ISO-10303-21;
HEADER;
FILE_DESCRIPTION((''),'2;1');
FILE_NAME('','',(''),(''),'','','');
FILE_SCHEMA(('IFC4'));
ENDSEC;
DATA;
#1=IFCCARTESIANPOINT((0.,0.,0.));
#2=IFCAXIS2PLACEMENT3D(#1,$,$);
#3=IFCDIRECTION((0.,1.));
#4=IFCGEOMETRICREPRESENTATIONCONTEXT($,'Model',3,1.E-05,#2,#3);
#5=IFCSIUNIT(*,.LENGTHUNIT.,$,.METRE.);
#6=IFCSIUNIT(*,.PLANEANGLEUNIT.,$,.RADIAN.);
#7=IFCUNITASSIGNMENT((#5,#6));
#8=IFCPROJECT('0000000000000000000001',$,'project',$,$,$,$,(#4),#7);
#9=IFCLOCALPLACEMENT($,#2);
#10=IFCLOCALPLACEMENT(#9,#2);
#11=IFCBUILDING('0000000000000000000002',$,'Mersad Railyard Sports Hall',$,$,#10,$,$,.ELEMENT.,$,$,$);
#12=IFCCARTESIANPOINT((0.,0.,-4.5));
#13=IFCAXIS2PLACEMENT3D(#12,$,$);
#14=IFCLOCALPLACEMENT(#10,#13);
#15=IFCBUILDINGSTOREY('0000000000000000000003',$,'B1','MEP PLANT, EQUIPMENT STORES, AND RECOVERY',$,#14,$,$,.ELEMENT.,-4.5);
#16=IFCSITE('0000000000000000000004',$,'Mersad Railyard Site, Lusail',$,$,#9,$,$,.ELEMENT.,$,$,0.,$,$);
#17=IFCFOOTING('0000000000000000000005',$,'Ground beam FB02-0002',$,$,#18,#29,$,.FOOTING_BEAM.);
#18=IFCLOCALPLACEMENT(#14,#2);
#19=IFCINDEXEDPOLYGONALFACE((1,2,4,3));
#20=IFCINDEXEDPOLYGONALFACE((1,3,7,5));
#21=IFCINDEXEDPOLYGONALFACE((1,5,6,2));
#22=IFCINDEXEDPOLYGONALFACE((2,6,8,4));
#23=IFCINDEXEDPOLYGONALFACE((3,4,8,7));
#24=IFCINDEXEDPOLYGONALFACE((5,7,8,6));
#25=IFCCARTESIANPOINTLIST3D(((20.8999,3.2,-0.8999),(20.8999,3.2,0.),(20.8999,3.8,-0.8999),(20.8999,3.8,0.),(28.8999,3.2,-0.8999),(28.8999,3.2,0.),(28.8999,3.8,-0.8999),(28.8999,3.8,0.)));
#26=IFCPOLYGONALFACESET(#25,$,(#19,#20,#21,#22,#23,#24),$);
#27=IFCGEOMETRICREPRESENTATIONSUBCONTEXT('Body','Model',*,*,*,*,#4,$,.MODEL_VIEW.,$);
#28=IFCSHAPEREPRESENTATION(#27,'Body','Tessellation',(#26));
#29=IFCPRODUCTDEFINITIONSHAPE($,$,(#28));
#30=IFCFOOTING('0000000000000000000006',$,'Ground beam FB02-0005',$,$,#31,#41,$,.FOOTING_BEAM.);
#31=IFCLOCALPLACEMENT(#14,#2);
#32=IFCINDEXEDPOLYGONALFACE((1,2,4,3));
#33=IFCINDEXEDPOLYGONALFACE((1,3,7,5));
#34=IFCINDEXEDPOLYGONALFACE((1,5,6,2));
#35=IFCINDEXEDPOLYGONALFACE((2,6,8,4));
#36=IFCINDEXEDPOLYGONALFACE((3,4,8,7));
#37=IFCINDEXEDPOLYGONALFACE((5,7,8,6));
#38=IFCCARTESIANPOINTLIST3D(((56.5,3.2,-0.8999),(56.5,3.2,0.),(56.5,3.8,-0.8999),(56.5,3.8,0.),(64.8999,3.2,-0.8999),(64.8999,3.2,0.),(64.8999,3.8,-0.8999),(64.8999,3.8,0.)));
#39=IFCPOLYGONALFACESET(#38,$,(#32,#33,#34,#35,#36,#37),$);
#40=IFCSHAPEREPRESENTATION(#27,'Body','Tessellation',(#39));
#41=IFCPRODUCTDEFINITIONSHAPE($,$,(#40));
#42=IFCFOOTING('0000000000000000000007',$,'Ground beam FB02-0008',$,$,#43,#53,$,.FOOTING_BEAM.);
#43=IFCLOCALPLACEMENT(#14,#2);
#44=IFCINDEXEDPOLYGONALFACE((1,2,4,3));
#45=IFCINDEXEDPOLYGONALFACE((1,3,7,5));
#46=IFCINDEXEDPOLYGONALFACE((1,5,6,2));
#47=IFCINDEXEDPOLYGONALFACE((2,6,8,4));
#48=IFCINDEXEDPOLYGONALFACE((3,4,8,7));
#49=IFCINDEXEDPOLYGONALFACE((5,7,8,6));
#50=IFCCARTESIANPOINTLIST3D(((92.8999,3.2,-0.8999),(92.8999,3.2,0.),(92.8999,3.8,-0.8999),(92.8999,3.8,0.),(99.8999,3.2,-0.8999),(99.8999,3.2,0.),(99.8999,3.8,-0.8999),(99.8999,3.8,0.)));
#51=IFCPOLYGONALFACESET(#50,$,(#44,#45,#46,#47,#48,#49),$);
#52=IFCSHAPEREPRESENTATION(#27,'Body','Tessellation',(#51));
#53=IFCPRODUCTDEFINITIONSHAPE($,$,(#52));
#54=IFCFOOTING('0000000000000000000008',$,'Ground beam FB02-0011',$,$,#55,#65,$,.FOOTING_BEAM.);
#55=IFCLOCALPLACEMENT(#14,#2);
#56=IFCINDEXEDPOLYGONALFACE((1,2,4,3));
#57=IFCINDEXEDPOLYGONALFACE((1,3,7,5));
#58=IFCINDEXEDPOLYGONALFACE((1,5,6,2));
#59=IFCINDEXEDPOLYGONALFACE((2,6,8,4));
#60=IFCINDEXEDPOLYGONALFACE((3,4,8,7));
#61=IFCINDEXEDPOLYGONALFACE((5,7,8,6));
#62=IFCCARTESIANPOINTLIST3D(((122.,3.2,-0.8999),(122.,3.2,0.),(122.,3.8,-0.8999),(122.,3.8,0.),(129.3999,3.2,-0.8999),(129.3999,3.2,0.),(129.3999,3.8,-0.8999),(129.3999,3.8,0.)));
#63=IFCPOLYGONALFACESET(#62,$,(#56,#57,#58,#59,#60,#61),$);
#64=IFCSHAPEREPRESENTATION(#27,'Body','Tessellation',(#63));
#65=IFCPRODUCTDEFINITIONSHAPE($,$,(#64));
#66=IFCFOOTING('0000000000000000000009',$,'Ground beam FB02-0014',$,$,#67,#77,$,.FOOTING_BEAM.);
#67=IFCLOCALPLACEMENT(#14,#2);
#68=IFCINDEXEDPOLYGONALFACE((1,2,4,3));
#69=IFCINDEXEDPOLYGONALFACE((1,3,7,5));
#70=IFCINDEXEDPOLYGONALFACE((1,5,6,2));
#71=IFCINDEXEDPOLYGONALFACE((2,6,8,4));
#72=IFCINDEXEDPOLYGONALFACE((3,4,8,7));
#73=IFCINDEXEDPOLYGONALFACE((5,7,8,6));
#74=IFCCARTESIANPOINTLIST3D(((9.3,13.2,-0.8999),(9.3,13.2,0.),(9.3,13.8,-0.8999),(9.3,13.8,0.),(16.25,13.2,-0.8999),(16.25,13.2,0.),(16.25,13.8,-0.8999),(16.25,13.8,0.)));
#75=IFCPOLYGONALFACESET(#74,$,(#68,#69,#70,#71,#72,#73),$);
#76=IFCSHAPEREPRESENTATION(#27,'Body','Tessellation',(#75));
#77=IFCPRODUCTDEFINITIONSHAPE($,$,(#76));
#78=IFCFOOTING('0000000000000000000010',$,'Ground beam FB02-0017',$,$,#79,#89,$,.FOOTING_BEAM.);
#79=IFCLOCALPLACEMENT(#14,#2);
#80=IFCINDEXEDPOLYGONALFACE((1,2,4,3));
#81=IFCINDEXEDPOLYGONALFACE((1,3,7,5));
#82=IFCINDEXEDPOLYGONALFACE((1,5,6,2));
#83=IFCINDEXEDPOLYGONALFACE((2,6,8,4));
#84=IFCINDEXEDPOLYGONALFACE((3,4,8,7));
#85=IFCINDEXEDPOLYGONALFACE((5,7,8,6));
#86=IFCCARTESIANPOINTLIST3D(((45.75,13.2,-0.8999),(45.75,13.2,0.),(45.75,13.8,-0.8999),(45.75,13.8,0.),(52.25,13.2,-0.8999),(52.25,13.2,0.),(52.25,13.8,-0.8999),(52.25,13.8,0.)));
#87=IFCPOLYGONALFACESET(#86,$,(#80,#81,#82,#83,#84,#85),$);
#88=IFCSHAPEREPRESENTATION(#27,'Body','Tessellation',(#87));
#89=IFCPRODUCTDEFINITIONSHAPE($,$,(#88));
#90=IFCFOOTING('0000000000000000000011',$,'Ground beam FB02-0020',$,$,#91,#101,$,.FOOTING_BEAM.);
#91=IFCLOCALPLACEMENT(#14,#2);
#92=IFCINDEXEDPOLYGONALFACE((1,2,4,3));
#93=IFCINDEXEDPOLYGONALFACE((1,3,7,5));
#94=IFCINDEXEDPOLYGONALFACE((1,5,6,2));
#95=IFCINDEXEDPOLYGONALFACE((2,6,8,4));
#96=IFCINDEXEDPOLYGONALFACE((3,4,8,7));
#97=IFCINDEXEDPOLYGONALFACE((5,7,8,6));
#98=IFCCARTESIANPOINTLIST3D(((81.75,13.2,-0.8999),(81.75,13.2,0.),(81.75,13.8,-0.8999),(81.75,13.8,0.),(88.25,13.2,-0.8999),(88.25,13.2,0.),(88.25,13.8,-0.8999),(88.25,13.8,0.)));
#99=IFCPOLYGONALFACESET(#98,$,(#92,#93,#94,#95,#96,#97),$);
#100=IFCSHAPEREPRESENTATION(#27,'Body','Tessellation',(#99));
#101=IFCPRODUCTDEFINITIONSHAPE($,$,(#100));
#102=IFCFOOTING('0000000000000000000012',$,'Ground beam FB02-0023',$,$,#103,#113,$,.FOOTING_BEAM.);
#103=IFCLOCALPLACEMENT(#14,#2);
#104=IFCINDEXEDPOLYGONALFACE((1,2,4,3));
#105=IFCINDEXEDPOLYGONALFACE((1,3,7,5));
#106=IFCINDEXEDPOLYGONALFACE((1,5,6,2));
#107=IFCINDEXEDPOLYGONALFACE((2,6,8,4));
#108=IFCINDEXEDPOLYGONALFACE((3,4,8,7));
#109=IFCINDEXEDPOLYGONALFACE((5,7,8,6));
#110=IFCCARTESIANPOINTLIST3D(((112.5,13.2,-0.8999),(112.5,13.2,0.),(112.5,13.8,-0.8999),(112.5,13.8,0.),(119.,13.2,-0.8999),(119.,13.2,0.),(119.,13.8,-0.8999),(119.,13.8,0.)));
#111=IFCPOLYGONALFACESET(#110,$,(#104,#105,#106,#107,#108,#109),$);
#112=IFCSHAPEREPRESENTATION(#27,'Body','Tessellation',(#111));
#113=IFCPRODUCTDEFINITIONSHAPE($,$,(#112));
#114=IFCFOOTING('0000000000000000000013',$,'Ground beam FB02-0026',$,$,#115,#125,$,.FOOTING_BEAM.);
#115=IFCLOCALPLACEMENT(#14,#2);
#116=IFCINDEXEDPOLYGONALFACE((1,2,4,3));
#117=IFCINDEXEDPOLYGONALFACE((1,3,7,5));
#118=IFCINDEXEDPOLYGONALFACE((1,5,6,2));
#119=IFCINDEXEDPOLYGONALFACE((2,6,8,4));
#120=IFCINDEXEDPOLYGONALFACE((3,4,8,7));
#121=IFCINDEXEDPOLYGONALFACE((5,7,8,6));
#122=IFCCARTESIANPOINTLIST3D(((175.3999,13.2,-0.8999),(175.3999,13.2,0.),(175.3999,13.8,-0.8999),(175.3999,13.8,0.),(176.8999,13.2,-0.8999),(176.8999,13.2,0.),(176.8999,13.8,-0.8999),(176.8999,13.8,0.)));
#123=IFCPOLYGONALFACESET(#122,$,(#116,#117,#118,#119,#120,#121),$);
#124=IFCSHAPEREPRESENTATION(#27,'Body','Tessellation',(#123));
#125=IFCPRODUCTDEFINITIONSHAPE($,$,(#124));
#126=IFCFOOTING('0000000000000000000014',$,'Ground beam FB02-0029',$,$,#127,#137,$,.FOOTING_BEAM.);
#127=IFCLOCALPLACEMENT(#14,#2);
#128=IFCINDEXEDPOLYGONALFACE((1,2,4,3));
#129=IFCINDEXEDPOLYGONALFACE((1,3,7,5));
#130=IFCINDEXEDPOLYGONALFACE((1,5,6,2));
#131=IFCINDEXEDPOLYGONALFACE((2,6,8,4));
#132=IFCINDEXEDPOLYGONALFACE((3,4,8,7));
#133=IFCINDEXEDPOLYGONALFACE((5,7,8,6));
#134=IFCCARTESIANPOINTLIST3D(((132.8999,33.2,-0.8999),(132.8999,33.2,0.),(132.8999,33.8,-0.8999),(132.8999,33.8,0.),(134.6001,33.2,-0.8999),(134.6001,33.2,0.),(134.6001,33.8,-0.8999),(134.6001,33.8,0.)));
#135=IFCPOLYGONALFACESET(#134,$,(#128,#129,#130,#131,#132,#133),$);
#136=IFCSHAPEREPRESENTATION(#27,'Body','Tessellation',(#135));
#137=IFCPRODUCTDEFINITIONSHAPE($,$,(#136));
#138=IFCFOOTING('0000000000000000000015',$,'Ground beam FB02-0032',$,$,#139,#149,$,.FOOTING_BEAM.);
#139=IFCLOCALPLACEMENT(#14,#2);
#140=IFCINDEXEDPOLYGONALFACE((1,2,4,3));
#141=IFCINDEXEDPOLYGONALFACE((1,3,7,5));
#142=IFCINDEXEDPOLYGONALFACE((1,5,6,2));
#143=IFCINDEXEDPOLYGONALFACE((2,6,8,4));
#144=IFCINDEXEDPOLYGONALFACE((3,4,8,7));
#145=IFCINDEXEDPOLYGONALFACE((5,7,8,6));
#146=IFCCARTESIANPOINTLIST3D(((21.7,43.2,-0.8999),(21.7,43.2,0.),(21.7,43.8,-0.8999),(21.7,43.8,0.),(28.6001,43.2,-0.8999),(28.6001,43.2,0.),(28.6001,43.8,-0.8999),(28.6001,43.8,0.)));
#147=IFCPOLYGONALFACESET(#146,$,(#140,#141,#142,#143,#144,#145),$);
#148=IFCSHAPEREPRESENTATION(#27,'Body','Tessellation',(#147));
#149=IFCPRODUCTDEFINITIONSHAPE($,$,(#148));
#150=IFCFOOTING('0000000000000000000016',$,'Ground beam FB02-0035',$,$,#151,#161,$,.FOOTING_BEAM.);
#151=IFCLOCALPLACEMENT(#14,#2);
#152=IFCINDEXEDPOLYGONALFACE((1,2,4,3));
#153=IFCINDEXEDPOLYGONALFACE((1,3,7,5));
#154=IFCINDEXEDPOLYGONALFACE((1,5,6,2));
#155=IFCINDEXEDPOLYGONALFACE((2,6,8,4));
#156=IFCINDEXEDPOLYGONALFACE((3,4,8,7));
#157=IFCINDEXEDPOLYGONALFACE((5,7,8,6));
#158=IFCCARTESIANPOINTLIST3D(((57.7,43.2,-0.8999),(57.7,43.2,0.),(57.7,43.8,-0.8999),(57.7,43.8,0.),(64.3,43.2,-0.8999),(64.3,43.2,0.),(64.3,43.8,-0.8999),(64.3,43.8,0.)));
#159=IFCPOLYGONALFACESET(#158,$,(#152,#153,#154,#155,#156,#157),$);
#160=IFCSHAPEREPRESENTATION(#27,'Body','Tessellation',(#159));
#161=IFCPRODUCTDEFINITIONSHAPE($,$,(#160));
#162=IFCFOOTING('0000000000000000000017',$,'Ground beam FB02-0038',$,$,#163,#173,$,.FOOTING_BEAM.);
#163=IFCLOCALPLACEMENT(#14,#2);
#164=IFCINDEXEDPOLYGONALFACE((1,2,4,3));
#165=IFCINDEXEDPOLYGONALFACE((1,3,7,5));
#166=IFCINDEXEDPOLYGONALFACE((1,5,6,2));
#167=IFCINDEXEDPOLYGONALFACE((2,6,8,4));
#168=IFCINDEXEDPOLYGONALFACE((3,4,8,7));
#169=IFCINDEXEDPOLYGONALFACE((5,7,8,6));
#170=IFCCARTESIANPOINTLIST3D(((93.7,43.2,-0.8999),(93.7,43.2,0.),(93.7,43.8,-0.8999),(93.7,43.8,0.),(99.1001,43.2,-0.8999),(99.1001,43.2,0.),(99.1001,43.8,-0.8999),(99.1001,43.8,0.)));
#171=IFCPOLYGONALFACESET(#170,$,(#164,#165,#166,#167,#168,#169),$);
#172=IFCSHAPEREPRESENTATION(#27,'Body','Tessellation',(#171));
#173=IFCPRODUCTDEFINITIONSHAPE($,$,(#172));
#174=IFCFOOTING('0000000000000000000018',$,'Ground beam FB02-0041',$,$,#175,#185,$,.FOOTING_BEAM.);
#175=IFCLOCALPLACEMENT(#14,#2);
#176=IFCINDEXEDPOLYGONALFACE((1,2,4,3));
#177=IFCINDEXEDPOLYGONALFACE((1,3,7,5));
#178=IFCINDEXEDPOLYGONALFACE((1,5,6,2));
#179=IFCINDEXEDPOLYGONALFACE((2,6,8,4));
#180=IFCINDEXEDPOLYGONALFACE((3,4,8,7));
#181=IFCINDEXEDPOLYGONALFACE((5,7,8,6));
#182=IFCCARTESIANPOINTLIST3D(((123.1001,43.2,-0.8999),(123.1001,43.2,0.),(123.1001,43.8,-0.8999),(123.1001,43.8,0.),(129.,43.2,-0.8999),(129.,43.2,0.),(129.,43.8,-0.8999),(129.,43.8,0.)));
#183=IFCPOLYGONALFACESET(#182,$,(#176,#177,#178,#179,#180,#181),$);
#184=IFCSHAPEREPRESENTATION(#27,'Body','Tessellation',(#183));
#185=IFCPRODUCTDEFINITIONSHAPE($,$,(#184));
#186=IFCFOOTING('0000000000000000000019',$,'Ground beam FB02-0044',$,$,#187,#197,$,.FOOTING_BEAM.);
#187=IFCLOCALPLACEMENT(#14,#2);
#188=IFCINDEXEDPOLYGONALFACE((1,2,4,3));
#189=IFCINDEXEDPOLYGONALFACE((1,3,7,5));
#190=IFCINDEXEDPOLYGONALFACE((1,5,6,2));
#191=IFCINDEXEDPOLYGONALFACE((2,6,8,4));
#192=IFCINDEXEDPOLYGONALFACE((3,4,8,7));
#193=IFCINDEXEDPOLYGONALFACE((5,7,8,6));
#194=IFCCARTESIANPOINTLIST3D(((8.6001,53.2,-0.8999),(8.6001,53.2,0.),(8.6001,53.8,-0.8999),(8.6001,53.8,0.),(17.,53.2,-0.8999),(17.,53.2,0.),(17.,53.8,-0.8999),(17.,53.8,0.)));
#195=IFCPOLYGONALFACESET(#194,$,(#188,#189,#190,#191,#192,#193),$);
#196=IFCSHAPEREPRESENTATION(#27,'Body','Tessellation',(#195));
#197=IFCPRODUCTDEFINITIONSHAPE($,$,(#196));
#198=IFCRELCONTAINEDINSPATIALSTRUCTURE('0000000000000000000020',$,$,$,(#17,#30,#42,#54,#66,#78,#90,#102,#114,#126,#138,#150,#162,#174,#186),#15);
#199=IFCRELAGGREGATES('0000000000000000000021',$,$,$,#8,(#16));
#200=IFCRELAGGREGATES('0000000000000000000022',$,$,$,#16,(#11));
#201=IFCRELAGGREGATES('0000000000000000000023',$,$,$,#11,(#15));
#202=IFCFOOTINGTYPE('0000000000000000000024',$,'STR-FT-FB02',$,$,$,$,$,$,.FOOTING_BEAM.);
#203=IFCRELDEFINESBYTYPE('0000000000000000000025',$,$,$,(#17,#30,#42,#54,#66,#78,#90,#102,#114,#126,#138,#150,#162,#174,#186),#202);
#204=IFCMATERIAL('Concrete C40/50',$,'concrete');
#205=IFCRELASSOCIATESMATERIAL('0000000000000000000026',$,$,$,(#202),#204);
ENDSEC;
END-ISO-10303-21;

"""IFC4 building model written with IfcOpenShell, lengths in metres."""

from ifc_helpers import new_model, si_unit, direction, frame, origin, place, context, subcontext, project, spatial, polyline, outline, extrude, material, type_object, element, save


model = new_model("IFC4")

# Units and contexts
model_context = context("Model", 3, precision=1e-05, world=origin(), true_north=direction((0.0, 1.0)))
body_context = subcontext(model_context, "Body", "Model", "MODEL_VIEW")
ifc_project = project(units=[si_unit("LENGTHUNIT", "METRE"), si_unit("PLANEANGLEUNIT", "RADIAN")], contexts=[model_context])

# Site, building, storey
site_placement = place(None, origin())
site = spatial("IfcSite", under=ifc_project, at=site_placement, Name="Mersad Railyard Site, Lusail", CompositionType="ELEMENT", RefElevation=0.0)
building_placement = place(site_placement, origin())
building = spatial("IfcBuilding", under=site, at=building_placement, Name="Mersad Railyard Sports Hall", CompositionType="ELEMENT")
storey_placement = place(building_placement, frame((0.0, 0.0, -4.5)))
storey = spatial("IfcBuildingStorey", under=building, at=storey_placement, Name="B1", Description="MEP PLANT, EQUIPMENT STORES, AND RECOVERY", CompositionType="ELEMENT", Elevation=-4.5)

# Footings
ifc_material = material(Name="Concrete C40/50", Category="concrete")
footing_type_1 = type_object("IfcFootingType", Name="STR-FT-FB02", PredefinedType="FOOTING_BEAM", material=ifc_material)
footing_1_placement = place(storey_placement, frame((0.0, 0.0, -0.8999)))
element("IfcFooting", 1, at=footing_1_placement, inside=storey, type_object=footing_type_1, Name="Ground beam FB02-0002", PredefinedType="FOOTING_BEAM", context=body_context, shape_type="SweptSolid", body=[
    extrude(outline(polyline([(20.8999, 3.2), (28.8999, 3.2), (28.8999, 3.8), (20.8999, 3.8), (20.8999, 3.2)])), origin(), (0.0, 0.0, 1.0), 0.8999),
])
footing_2_placement = place(storey_placement, frame((0.0, 0.0, -0.8999)))
element("IfcFooting", 2, at=footing_2_placement, inside=storey, type_object=footing_type_1, Name="Ground beam FB02-0005", PredefinedType="FOOTING_BEAM", context=body_context, shape_type="SweptSolid", body=[
    extrude(outline(polyline([(56.5, 3.2), (64.8999, 3.2), (64.8999, 3.8), (56.5, 3.8), (56.5, 3.2)])), origin(), (0.0, 0.0, 1.0), 0.8999),
])
footing_3_placement = place(storey_placement, frame((0.0, 0.0, -0.8999)))
element("IfcFooting", 3, at=footing_3_placement, inside=storey, type_object=footing_type_1, Name="Ground beam FB02-0008", PredefinedType="FOOTING_BEAM", context=body_context, shape_type="SweptSolid", body=[
    extrude(outline(polyline([(92.8999, 3.2), (99.8999, 3.2), (99.8999, 3.8), (92.8999, 3.8), (92.8999, 3.2)])), origin(), (0.0, 0.0, 1.0), 0.8999),
])
footing_4_placement = place(storey_placement, frame((0.0, 0.0, -0.8999)))
element("IfcFooting", 4, at=footing_4_placement, inside=storey, type_object=footing_type_1, Name="Ground beam FB02-0011", PredefinedType="FOOTING_BEAM", context=body_context, shape_type="SweptSolid", body=[
    extrude(outline(polyline([(122.0, 3.2), (129.3999, 3.2), (129.3999, 3.8), (122.0, 3.8), (122.0, 3.2)])), origin(), (0.0, 0.0, 1.0), 0.8999),
])
footing_5_placement = place(storey_placement, frame((0.0, 0.0, -0.8999)))
element("IfcFooting", 5, at=footing_5_placement, inside=storey, type_object=footing_type_1, Name="Ground beam FB02-0014", PredefinedType="FOOTING_BEAM", context=body_context, shape_type="SweptSolid", body=[
    extrude(outline(polyline([(9.3, 13.2), (16.25, 13.2), (16.25, 13.8), (9.3, 13.8), (9.3, 13.2)])), origin(), (0.0, 0.0, 1.0), 0.8999),
])
footing_6_placement = place(storey_placement, frame((0.0, 0.0, -0.8999)))
element("IfcFooting", 6, at=footing_6_placement, inside=storey, type_object=footing_type_1, Name="Ground beam FB02-0017", PredefinedType="FOOTING_BEAM", context=body_context, shape_type="SweptSolid", body=[
    extrude(outline(polyline([(45.75, 13.2), (52.25, 13.2), (52.25, 13.8), (45.75, 13.8), (45.75, 13.2)])), origin(), (0.0, 0.0, 1.0), 0.8999),
])
footing_7_placement = place(storey_placement, frame((0.0, 0.0, -0.8999)))
element("IfcFooting", 7, at=footing_7_placement, inside=storey, type_object=footing_type_1, Name="Ground beam FB02-0020", PredefinedType="FOOTING_BEAM", context=body_context, shape_type="SweptSolid", body=[
    extrude(outline(polyline([(81.75, 13.2), (88.25, 13.2), (88.25, 13.8), (81.75, 13.8), (81.75, 13.2)])), origin(), (0.0, 0.0, 1.0), 0.8999),
])
footing_8_placement = place(storey_placement, frame((0.0, 0.0, -0.8999)))
element("IfcFooting", 8, at=footing_8_placement, inside=storey, type_object=footing_type_1, Name="Ground beam FB02-0023", PredefinedType="FOOTING_BEAM", context=body_context, shape_type="SweptSolid", body=[
    extrude(outline(polyline([(112.5, 13.2), (119.0, 13.2), (119.0, 13.8), (112.5, 13.8), (112.5, 13.2)])), origin(), (0.0, 0.0, 1.0), 0.8999),
])
footing_9_placement = place(storey_placement, frame((0.0, 0.0, -0.8999)))
element("IfcFooting", 9, at=footing_9_placement, inside=storey, type_object=footing_type_1, Name="Ground beam FB02-0026", PredefinedType="FOOTING_BEAM", context=body_context, shape_type="SweptSolid", body=[
    extrude(outline(polyline([(175.3999, 13.2), (176.8999, 13.2), (176.8999, 13.8), (175.3999, 13.8), (175.3999, 13.2)])), origin(), (0.0, 0.0, 1.0), 0.8999),
])
footing_10_placement = place(storey_placement, frame((0.0, 0.0, -0.8999)))
element("IfcFooting", 10, at=footing_10_placement, inside=storey, type_object=footing_type_1, Name="Ground beam FB02-0029", PredefinedType="FOOTING_BEAM", context=body_context, shape_type="SweptSolid", body=[
    extrude(outline(polyline([(132.8999, 33.2), (134.6001, 33.2), (134.6001, 33.8), (132.8999, 33.8), (132.8999, 33.2)])), origin(), (0.0, 0.0, 1.0), 0.8999),
])
footing_11_placement = place(storey_placement, frame((0.0, 0.0, -0.8999)))
element("IfcFooting", 11, at=footing_11_placement, inside=storey, type_object=footing_type_1, Name="Ground beam FB02-0032", PredefinedType="FOOTING_BEAM", context=body_context, shape_type="SweptSolid", body=[
    extrude(outline(polyline([(21.7, 43.2), (28.6001, 43.2), (28.6001, 43.8), (21.7, 43.8), (21.7, 43.2)])), origin(), (0.0, 0.0, 1.0), 0.8999),
])
footing_12_placement = place(storey_placement, frame((0.0, 0.0, -0.8999)))
element("IfcFooting", 12, at=footing_12_placement, inside=storey, type_object=footing_type_1, Name="Ground beam FB02-0035", PredefinedType="FOOTING_BEAM", context=body_context, shape_type="SweptSolid", body=[
    extrude(outline(polyline([(57.7, 43.2), (64.3, 43.2), (64.3, 43.8), (57.7, 43.8), (57.7, 43.2)])), origin(), (0.0, 0.0, 1.0), 0.8999),
])
footing_13_placement = place(storey_placement, frame((0.0, 0.0, -0.8999)))
element("IfcFooting", 13, at=footing_13_placement, inside=storey, type_object=footing_type_1, Name="Ground beam FB02-0038", PredefinedType="FOOTING_BEAM", context=body_context, shape_type="SweptSolid", body=[
    extrude(outline(polyline([(93.7, 43.2), (99.1001, 43.2), (99.1001, 43.8), (93.7, 43.8), (93.7, 43.2)])), origin(), (0.0, 0.0, 1.0), 0.8999),
])
footing_14_placement = place(storey_placement, frame((0.0, 0.0, -0.8999)))
element("IfcFooting", 14, at=footing_14_placement, inside=storey, type_object=footing_type_1, Name="Ground beam FB02-0041", PredefinedType="FOOTING_BEAM", context=body_context, shape_type="SweptSolid", body=[
    extrude(outline(polyline([(123.1001, 43.2), (129.0, 43.2), (129.0, 43.8), (123.1001, 43.8), (123.1001, 43.2)])), origin(), (0.0, 0.0, 1.0), 0.8999),
])
footing_15_placement = place(storey_placement, frame((0.0, 0.0, -0.8999)))
element("IfcFooting", 15, at=footing_15_placement, inside=storey, type_object=footing_type_1, Name="Ground beam FB02-0044", PredefinedType="FOOTING_BEAM", context=body_context, shape_type="SweptSolid", body=[
    extrude(outline(polyline([(8.6001, 53.2), (17.0, 53.2), (17.0, 53.8), (8.6001, 53.8), (8.6001, 53.2)])), origin(), (0.0, 0.0, 1.0), 0.8999),
])

save(model, "model.ifc")
